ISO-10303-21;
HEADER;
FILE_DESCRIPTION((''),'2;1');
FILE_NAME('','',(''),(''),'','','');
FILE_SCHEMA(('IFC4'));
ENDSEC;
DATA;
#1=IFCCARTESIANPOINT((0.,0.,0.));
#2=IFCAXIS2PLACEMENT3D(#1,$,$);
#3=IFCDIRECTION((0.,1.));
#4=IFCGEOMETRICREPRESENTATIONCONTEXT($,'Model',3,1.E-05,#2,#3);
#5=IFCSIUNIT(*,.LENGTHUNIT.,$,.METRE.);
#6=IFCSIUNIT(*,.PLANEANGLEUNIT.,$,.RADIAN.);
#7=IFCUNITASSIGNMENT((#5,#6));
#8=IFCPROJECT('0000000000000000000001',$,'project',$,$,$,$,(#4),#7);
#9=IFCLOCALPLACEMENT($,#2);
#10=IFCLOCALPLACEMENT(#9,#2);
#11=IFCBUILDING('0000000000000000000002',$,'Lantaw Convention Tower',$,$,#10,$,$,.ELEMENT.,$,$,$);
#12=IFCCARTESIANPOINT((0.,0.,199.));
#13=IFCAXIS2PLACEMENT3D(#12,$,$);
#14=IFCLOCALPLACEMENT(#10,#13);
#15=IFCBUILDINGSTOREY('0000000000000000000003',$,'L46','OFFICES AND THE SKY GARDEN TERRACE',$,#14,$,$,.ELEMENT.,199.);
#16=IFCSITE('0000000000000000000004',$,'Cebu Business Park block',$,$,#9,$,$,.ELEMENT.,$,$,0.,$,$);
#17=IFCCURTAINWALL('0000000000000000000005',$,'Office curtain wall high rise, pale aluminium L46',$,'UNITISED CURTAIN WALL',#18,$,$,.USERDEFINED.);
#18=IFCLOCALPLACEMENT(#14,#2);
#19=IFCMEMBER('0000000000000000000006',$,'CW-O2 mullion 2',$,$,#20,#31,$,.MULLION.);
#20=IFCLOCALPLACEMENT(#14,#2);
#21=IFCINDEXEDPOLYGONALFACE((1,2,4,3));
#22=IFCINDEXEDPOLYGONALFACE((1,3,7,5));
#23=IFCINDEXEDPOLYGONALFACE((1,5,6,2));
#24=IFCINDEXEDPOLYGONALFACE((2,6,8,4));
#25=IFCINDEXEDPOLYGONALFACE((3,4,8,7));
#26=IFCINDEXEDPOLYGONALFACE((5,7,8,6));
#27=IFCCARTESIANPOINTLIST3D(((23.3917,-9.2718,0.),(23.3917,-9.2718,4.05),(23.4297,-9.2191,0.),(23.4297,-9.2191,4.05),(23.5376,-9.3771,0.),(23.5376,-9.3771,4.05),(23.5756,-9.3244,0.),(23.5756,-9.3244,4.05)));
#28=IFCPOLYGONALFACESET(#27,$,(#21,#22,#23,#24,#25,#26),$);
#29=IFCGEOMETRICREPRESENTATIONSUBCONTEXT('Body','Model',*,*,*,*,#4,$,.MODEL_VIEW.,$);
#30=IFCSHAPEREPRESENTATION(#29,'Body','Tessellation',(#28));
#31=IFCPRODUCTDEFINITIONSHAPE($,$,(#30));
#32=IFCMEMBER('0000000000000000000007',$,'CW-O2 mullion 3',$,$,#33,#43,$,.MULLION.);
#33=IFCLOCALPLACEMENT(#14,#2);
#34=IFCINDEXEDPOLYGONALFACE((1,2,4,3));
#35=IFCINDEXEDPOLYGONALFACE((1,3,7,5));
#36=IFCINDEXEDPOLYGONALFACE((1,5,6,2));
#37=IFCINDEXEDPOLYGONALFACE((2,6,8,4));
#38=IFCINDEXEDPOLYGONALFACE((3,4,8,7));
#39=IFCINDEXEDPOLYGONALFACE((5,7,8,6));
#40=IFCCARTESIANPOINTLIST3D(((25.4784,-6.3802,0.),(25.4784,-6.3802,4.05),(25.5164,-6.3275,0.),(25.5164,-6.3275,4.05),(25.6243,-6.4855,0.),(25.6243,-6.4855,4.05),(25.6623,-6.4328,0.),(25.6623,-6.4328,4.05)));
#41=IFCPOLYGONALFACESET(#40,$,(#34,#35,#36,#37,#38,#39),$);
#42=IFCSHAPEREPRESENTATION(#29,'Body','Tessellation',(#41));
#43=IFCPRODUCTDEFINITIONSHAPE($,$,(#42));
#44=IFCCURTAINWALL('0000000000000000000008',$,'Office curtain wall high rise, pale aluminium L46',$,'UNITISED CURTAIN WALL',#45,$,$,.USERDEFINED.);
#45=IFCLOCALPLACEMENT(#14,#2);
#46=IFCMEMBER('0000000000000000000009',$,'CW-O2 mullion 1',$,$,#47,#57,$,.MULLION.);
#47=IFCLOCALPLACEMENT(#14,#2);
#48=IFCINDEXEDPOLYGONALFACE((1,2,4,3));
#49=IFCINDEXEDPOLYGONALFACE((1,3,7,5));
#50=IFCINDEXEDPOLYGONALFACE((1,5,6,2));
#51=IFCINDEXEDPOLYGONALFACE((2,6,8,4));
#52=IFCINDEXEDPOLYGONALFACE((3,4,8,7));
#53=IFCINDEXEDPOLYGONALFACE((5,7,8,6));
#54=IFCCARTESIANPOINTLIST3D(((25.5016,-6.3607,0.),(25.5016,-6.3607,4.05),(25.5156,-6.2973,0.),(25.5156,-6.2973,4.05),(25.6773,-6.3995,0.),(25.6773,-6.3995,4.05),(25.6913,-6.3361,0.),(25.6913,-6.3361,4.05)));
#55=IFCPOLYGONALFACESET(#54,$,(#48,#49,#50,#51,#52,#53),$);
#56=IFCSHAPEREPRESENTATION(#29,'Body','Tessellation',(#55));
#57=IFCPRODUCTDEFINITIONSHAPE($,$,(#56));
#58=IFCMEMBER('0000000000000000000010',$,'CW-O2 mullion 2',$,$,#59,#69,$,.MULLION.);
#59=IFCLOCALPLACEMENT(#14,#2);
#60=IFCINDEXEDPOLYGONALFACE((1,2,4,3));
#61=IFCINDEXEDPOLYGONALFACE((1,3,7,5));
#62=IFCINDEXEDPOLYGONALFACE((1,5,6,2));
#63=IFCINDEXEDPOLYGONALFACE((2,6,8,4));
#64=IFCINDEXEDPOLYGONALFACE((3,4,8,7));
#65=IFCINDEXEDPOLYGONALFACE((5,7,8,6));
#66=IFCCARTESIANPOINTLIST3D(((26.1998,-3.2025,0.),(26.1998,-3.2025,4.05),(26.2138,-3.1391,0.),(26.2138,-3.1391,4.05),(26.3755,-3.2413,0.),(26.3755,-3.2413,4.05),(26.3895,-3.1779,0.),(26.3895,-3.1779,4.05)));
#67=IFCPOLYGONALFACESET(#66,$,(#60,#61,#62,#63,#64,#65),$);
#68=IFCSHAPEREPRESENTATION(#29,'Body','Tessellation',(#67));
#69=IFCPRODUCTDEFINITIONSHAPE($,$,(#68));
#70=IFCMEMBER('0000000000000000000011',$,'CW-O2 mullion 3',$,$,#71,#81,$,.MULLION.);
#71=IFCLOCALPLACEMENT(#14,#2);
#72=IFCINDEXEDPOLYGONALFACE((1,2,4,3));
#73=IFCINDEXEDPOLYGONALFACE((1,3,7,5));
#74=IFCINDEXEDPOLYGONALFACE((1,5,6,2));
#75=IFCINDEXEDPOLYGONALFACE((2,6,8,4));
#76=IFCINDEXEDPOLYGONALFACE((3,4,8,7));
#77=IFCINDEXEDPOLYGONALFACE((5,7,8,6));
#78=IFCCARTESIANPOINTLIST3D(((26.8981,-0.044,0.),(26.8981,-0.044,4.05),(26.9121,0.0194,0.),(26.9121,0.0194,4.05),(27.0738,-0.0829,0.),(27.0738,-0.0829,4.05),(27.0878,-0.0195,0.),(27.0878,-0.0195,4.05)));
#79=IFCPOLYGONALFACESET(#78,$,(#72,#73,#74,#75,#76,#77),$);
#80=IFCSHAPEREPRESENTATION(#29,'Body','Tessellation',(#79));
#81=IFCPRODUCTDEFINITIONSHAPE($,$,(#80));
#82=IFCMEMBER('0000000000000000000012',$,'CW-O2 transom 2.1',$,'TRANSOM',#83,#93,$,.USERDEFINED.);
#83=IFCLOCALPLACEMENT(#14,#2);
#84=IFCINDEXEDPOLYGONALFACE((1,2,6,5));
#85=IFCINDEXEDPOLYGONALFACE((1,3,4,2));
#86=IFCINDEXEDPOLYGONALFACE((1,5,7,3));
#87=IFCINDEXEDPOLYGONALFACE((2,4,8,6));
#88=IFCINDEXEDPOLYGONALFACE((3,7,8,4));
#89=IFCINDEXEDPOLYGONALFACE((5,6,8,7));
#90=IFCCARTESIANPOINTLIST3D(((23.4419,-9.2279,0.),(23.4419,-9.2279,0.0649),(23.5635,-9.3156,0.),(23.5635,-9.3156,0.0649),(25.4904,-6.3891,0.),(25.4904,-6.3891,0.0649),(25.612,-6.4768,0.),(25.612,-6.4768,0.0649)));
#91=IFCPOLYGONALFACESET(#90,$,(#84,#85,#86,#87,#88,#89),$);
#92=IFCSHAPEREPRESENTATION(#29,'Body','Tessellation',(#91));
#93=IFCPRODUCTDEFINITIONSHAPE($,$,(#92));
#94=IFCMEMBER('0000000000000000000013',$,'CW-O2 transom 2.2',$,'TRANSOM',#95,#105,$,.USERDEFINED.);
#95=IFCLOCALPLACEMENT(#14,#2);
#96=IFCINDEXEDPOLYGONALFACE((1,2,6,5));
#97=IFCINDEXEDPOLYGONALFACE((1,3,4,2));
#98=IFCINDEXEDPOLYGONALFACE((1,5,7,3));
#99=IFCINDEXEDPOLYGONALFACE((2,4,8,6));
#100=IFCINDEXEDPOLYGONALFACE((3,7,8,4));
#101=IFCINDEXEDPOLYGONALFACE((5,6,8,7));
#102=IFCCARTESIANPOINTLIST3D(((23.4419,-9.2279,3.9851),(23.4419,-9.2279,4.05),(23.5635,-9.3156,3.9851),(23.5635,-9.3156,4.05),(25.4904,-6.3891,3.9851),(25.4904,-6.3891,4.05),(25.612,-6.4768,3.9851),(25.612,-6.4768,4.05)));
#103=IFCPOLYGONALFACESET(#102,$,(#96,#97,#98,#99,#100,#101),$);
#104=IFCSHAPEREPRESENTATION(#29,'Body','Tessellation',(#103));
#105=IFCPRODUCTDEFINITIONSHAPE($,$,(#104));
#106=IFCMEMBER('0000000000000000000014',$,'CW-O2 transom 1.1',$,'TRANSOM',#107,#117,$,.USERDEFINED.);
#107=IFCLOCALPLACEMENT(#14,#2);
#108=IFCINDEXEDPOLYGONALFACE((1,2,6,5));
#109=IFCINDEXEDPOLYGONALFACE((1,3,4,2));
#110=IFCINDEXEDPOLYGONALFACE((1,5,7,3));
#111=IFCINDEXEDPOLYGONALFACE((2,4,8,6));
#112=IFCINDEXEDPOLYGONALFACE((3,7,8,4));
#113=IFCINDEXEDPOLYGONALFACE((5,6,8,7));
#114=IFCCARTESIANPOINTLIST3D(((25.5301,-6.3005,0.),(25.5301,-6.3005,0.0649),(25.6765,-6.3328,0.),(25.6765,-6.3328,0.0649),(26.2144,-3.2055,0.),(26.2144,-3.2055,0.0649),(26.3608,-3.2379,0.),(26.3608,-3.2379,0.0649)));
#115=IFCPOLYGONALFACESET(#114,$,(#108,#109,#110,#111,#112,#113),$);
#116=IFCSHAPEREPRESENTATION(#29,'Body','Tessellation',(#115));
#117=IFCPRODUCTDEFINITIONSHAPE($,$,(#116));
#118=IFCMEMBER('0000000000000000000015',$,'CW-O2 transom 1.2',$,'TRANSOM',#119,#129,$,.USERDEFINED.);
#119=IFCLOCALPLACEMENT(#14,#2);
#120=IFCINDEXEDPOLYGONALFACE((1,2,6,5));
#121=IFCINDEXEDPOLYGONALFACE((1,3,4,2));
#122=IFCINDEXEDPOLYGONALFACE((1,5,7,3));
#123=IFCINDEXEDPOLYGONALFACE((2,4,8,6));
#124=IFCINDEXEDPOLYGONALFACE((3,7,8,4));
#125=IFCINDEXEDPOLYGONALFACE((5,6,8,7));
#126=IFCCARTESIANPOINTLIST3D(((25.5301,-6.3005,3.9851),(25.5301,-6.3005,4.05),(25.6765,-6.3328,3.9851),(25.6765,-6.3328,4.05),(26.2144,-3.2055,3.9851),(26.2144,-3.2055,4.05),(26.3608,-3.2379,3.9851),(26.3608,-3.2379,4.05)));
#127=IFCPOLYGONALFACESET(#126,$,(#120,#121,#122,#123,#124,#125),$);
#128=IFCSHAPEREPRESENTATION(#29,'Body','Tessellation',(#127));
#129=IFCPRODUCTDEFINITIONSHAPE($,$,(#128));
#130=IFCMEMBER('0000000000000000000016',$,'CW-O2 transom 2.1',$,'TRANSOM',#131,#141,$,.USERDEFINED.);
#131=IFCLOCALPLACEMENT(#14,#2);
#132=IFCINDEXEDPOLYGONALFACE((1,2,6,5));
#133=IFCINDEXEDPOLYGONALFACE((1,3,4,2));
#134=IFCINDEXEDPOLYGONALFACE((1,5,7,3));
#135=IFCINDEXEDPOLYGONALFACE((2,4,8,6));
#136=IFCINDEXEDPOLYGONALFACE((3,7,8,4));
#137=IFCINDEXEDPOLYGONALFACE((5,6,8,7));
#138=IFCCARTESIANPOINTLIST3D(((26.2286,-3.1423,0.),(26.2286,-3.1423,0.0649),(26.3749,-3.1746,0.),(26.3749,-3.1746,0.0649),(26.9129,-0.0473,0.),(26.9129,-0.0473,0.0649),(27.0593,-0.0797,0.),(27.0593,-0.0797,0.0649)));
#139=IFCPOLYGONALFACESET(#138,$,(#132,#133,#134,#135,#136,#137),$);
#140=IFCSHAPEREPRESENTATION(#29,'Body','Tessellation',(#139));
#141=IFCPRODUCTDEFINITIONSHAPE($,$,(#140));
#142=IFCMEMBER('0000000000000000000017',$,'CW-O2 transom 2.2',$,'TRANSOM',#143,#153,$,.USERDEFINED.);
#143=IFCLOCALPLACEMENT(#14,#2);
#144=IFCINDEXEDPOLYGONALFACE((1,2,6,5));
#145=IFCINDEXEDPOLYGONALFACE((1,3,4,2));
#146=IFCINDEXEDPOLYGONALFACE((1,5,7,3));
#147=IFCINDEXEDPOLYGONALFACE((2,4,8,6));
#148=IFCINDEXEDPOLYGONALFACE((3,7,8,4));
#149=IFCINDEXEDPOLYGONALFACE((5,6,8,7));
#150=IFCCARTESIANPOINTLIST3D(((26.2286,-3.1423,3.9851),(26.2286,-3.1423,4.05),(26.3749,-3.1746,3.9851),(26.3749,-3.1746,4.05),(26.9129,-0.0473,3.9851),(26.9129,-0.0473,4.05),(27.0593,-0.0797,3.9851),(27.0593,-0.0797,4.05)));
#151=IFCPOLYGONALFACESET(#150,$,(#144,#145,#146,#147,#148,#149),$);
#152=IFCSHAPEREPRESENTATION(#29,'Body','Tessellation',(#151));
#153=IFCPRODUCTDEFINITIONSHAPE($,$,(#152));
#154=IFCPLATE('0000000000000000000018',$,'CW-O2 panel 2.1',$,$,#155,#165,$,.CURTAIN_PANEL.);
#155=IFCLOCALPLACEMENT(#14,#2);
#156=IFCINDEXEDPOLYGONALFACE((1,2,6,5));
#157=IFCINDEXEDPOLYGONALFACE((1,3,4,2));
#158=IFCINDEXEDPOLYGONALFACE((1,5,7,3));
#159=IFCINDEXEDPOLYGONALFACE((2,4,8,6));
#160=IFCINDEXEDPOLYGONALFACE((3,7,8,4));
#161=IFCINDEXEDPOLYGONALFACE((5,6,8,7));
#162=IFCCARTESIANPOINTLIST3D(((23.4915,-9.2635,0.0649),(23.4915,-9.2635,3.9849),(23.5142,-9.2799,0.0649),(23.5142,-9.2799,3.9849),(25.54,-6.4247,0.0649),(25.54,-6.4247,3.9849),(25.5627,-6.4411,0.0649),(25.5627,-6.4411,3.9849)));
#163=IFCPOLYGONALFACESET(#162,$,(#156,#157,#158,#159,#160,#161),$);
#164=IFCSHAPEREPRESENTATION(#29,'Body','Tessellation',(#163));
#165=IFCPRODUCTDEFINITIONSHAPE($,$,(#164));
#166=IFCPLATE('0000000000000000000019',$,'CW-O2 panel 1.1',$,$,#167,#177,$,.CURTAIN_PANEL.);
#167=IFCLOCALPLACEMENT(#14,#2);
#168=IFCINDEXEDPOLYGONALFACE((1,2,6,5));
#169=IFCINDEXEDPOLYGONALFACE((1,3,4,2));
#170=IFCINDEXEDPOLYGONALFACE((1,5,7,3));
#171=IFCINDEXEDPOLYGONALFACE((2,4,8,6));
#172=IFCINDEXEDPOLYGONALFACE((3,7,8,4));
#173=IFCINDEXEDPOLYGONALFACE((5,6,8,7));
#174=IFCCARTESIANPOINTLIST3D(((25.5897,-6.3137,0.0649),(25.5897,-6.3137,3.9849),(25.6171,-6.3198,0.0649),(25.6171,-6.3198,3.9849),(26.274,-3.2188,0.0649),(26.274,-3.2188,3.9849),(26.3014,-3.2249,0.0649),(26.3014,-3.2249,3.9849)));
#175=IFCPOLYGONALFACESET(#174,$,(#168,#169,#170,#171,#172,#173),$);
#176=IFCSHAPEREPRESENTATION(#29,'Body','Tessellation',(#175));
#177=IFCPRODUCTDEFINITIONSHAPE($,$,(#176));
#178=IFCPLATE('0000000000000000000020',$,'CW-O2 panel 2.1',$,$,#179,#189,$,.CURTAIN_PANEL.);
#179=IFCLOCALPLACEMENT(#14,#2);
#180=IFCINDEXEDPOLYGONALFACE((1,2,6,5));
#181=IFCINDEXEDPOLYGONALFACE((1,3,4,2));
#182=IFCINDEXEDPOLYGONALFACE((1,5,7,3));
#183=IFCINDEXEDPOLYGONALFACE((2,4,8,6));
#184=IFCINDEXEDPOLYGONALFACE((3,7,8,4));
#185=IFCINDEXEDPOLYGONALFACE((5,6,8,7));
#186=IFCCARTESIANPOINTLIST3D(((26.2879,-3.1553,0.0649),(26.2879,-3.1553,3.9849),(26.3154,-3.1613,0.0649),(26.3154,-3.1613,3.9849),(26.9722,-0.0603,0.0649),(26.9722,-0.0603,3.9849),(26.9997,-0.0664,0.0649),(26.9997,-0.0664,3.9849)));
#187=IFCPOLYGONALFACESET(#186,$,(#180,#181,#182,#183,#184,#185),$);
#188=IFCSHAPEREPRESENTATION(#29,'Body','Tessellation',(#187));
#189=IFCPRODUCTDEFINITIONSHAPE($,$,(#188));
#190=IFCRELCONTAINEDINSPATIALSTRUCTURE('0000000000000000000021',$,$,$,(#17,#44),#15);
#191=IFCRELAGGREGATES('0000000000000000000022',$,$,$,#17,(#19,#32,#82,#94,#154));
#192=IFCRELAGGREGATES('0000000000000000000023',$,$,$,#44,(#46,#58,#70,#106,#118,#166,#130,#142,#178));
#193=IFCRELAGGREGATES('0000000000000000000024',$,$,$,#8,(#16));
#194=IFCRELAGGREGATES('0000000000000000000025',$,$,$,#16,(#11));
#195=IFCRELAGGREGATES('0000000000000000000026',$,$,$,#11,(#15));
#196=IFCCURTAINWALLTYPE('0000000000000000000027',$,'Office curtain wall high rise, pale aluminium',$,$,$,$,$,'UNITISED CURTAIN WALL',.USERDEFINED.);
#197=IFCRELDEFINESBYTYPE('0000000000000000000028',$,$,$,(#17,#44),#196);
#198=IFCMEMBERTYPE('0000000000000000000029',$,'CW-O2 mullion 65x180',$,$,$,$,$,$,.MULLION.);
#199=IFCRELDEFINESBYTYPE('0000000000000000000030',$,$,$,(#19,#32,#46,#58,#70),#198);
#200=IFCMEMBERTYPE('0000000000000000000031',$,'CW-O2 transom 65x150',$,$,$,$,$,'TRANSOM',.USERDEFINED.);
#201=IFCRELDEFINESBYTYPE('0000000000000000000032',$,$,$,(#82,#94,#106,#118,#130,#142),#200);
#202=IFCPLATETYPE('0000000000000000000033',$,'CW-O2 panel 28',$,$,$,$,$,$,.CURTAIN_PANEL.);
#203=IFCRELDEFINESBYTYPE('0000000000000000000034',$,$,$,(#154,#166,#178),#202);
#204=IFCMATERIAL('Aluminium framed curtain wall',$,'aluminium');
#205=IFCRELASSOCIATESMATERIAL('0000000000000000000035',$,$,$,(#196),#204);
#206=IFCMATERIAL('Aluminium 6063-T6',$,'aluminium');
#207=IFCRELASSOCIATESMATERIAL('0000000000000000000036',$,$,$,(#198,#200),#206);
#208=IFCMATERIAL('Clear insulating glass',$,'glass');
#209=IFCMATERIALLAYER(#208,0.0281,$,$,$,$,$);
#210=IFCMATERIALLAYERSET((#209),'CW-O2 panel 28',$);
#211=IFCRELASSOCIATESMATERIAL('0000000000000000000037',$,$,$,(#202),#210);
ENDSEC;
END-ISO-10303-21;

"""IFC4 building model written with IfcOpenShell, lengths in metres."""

from ifc_helpers import new_model, si_unit, direction, frame, origin, origin_2d, place, context, subcontext, project, spatial, rectangle, extrude, material, layer, layer_set, material_profile, profile_set, type_object, element, aggregate, save


model = new_model("IFC4")

# Units and contexts
model_context = context("Model", 3, precision=1e-05, world=origin(), true_north=direction((0.0, 1.0)))
body_context = subcontext(model_context, "Body", "Model", "MODEL_VIEW")
ifc_project = project(units=[si_unit("LENGTHUNIT", "METRE"), si_unit("PLANEANGLEUNIT", "RADIAN")], contexts=[model_context])

# Site, building, storey
site_placement = place(None, origin())
site = spatial("IfcSite", under=ifc_project, at=site_placement, Name="Cebu Business Park block", CompositionType="ELEMENT", RefElevation=0.0)
building_placement = place(site_placement, origin())
building = spatial("IfcBuilding", under=site, at=building_placement, Name="Lantaw Convention Tower", CompositionType="ELEMENT")
storey_placement = place(building_placement, frame((0.0, 0.0, 199.0)))
storey = spatial("IfcBuildingStorey", under=building, at=storey_placement, Name="L46", Description="OFFICES AND THE SKY GARDEN TERRACE", CompositionType="ELEMENT", Elevation=199.0)

# Curtain walls, members
ifc_material_1 = material(Name="Aluminium framed curtain wall", Category="aluminium")
curtain_wall_type = type_object("IfcCurtainWallType", Name="Office curtain wall high rise, pale aluminium", ElementType="UNITISED CURTAIN WALL", PredefinedType="USERDEFINED", material=ifc_material_1)
curtain_wall_1_placement = place(storey_placement, origin())
curtain_wall_1 = element("IfcCurtainWall", 1, at=curtain_wall_1_placement, inside=storey, type_object=curtain_wall_type, Name="Office curtain wall high rise, pale aluminium L46", ObjectType="UNITISED CURTAIN WALL", PredefinedType="USERDEFINED")
ifc_material_2 = material(Name="Aluminium 6063-T6", Category="aluminium")
ifc_material_profile_1 = material_profile(ifc_material_2, rectangle(XDim=0.1799, YDim=0.0649, at=origin_2d()), Name="CW-O2 mullion 65x180")
ifc_profile_set_1 = profile_set([ifc_material_profile_1], Name="Aluminium 6063-T6")
member_type_1 = type_object("IfcMemberType", Name="CW-O2 mullion 65x180", PredefinedType="MULLION", material=ifc_profile_set_1)
member_1_placement = place(storey_placement, frame((23.4836, -9.2981, 0.0), z_axis=(0.0, 0.0, 1.0), x_axis=(-0.81092, 0.585158, 0.0)))
member_1 = element("IfcMember", 2, at=member_1_placement, type_object=member_type_1, Name="CW-O2 mullion 2", PredefinedType="MULLION", context=body_context, shape_type="SweptSolid", body=[
    extrude(rectangle(XDim=0.1799, YDim=0.0649, at=origin_2d()), origin(), (0.0, 0.0, 1.0), 4.05),
])
member_2_placement = place(storey_placement, frame((25.5703, -6.4065, 0.0), z_axis=(0.0, 0.0, 1.0), x_axis=(-0.81092, 0.585158, 0.0)))
member_2 = element("IfcMember", 3, at=member_2_placement, type_object=member_type_1, Name="CW-O2 mullion 3", PredefinedType="MULLION", context=body_context, shape_type="SweptSolid", body=[
    extrude(rectangle(XDim=0.1799, YDim=0.0649, at=origin_2d()), origin(), (0.0, 0.0, 1.0), 4.05),
])
curtain_wall_2_placement = place(storey_placement, origin())
curtain_wall_2 = element("IfcCurtainWall", 4, at=curtain_wall_2_placement, inside=storey, type_object=curtain_wall_type, Name="Office curtain wall high rise, pale aluminium L46", ObjectType="UNITISED CURTAIN WALL", PredefinedType="USERDEFINED")
member_3_placement = place(storey_placement, frame((25.5964, -6.3484, 0.0), z_axis=(0.0, 0.0, 1.0), x_axis=(-0.976417, 0.215891, 0.0)))
member_3 = element("IfcMember", 5, at=member_3_placement, type_object=member_type_1, Name="CW-O2 mullion 1", PredefinedType="MULLION", context=body_context, shape_type="SweptSolid", body=[
    extrude(rectangle(XDim=0.1799, YDim=0.0649, at=origin_2d()), origin(), (0.0, 0.0, 1.0), 4.05),
])
member_4_placement = place(storey_placement, frame((26.2947, -3.1902, 0.0), z_axis=(0.0, 0.0, 1.0), x_axis=(-0.976417, 0.215891, 0.0)))
member_4 = element("IfcMember", 6, at=member_4_placement, type_object=member_type_1, Name="CW-O2 mullion 2", PredefinedType="MULLION", context=body_context, shape_type="SweptSolid", body=[
    extrude(rectangle(XDim=0.1799, YDim=0.0649, at=origin_2d()), origin(), (0.0, 0.0, 1.0), 4.05),
])
member_5_placement = place(storey_placement, frame((26.9929, -0.0317, 0.0), z_axis=(0.0, 0.0, 1.0), x_axis=(-0.976417, 0.215891, 0.0)))
member_5 = element("IfcMember", 7, at=member_5_placement, type_object=member_type_1, Name="CW-O2 mullion 3", PredefinedType="MULLION", context=body_context, shape_type="SweptSolid", body=[
    extrude(rectangle(XDim=0.1799, YDim=0.0649, at=origin_2d()), origin(), (0.0, 0.0, 1.0), 4.05),
])

# Members
ifc_material_profile_2 = material_profile(ifc_material_2, rectangle(XDim=0.1499, YDim=0.0649, at=origin_2d()), Name="CW-O2 transom 65x150")
ifc_profile_set_2 = profile_set([ifc_material_profile_2], Name="Aluminium 6063-T6")
member_type_2 = type_object("IfcMemberType", Name="CW-O2 transom 65x150", ElementType="TRANSOM", PredefinedType="USERDEFINED", material=ifc_profile_set_2)
member_6_placement = place(storey_placement, frame((23.5027, -9.2717, 0.0325), z_axis=(0.58517, 0.810911, 0.0), x_axis=(-0.810911, 0.58517, 0.0)))
member_6 = element("IfcMember", 8, at=member_6_placement, type_object=member_type_2, Name="CW-O2 transom 2.1", ObjectType="TRANSOM", PredefinedType="USERDEFINED", context=body_context, shape_type="SweptSolid", body=[
    extrude(rectangle(XDim=0.1499, YDim=0.0649, at=origin_2d()), origin(), (0.0, 0.0, 1.0), 3.5007),
])
member_7_placement = place(storey_placement, frame((23.5027, -9.2717, 4.0176), z_axis=(0.58517, 0.810911, 0.0), x_axis=(-0.810911, 0.58517, 0.0)))
member_7 = element("IfcMember", 9, at=member_7_placement, type_object=member_type_2, Name="CW-O2 transom 2.2", ObjectType="TRANSOM", PredefinedType="USERDEFINED", context=body_context, shape_type="SweptSolid", body=[
    extrude(rectangle(XDim=0.1499, YDim=0.0649, at=origin_2d()), origin(), (0.0, 0.0, 1.0), 3.5007),
])
member_8_placement = place(storey_placement, frame((25.6033, -6.3167, 0.0325), z_axis=(0.215895, 0.976417, 0.0), x_axis=(-0.976417, 0.215895, 0.0)))
member_8 = element("IfcMember", 10, at=member_8_placement, type_object=member_type_2, Name="CW-O2 transom 1.1", ObjectType="TRANSOM", PredefinedType="USERDEFINED", context=body_context, shape_type="SweptSolid", body=[
    extrude(rectangle(XDim=0.1499, YDim=0.0649, at=origin_2d()), origin(), (0.0, 0.0, 1.0), 3.1697),
])
member_9_placement = place(storey_placement, frame((25.6033, -6.3167, 4.0176), z_axis=(0.215895, 0.976417, 0.0), x_axis=(-0.976417, 0.215895, 0.0)))
member_9 = element("IfcMember", 11, at=member_9_placement, type_object=member_type_2, Name="CW-O2 transom 1.2", ObjectType="TRANSOM", PredefinedType="USERDEFINED", context=body_context, shape_type="SweptSolid", body=[
    extrude(rectangle(XDim=0.1499, YDim=0.0649, at=origin_2d()), origin(), (0.0, 0.0, 1.0), 3.1697),
])
member_10_placement = place(storey_placement, frame((26.3018, -3.1584, 0.0325), z_axis=(0.215895, 0.976417, 0.0), x_axis=(-0.976417, 0.215895, 0.0)))
member_10 = element("IfcMember", 12, at=member_10_placement, type_object=member_type_2, Name="CW-O2 transom 2.1", ObjectType="TRANSOM", PredefinedType="USERDEFINED", context=body_context, shape_type="SweptSolid", body=[
    extrude(rectangle(XDim=0.1499, YDim=0.0649, at=origin_2d()), origin(), (0.0, 0.0, 1.0), 3.1697),
])
member_11_placement = place(storey_placement, frame((26.3018, -3.1584, 4.0176), z_axis=(0.215895, 0.976417, 0.0), x_axis=(-0.976417, 0.215895, 0.0)))
member_11 = element("IfcMember", 13, at=member_11_placement, type_object=member_type_2, Name="CW-O2 transom 2.2", ObjectType="TRANSOM", PredefinedType="USERDEFINED", context=body_context, shape_type="SweptSolid", body=[
    extrude(rectangle(XDim=0.1499, YDim=0.0649, at=origin_2d()), origin(), (0.0, 0.0, 1.0), 3.1697),
])

# Plates
ifc_material_3 = material(Name="Clear insulating glass", Category="glass")
ifc_layer_1 = layer(ifc_material_3, 0.0281)
ifc_layer_set_1 = layer_set([ifc_layer_1], Name="CW-O2 panel 28")
plate_type_1 = type_object("IfcPlateType", Name="CW-O2 panel 28", PredefinedType="CURTAIN_PANEL", material=ifc_layer_set_1)
plate_1_placement = place(storey_placement, frame((24.5271, -7.8523, 0.0649), z_axis=(0.0, 0.0, 1.0), x_axis=(0.585158, 0.81092, 0.0)))
plate_1 = element("IfcPlate", 14, at=plate_1_placement, type_object=plate_type_1, Name="CW-O2 panel 2.1", PredefinedType="CURTAIN_PANEL", context=body_context, shape_type="SweptSolid", body=[
    extrude(rectangle(XDim=3.5007, YDim=0.0281, at=origin_2d()), origin(), (0.0, 0.0, 1.0), 3.9199),
])
aggregate(curtain_wall_1, [member_1, member_2, member_6, member_7, plate_1])
plate_2_placement = place(storey_placement, frame((25.9456, -4.7693, 0.0649), z_axis=(0.0, 0.0, 1.0), x_axis=(0.215891, 0.976417, 0.0)))
plate_2 = element("IfcPlate", 15, at=plate_2_placement, type_object=plate_type_1, Name="CW-O2 panel 1.1", PredefinedType="CURTAIN_PANEL", context=body_context, shape_type="SweptSolid", body=[
    extrude(rectangle(XDim=3.1697, YDim=0.0281, at=origin_2d()), origin(), (0.0, 0.0, 1.0), 3.9199),
])
plate_3_placement = place(storey_placement, frame((26.6438, -1.6108, 0.0649), z_axis=(0.0, 0.0, 1.0), x_axis=(0.215891, 0.976417, 0.0)))
plate_3 = element("IfcPlate", 16, at=plate_3_placement, type_object=plate_type_1, Name="CW-O2 panel 2.1", PredefinedType="CURTAIN_PANEL", context=body_context, shape_type="SweptSolid", body=[
    extrude(rectangle(XDim=3.1697, YDim=0.0281, at=origin_2d()), origin(), (0.0, 0.0, 1.0), 3.9199),
])
aggregate(curtain_wall_2, [member_3, member_4, member_5, member_8, member_9, plate_2, member_10, member_11, plate_3])

save(model, "model.ifc")
